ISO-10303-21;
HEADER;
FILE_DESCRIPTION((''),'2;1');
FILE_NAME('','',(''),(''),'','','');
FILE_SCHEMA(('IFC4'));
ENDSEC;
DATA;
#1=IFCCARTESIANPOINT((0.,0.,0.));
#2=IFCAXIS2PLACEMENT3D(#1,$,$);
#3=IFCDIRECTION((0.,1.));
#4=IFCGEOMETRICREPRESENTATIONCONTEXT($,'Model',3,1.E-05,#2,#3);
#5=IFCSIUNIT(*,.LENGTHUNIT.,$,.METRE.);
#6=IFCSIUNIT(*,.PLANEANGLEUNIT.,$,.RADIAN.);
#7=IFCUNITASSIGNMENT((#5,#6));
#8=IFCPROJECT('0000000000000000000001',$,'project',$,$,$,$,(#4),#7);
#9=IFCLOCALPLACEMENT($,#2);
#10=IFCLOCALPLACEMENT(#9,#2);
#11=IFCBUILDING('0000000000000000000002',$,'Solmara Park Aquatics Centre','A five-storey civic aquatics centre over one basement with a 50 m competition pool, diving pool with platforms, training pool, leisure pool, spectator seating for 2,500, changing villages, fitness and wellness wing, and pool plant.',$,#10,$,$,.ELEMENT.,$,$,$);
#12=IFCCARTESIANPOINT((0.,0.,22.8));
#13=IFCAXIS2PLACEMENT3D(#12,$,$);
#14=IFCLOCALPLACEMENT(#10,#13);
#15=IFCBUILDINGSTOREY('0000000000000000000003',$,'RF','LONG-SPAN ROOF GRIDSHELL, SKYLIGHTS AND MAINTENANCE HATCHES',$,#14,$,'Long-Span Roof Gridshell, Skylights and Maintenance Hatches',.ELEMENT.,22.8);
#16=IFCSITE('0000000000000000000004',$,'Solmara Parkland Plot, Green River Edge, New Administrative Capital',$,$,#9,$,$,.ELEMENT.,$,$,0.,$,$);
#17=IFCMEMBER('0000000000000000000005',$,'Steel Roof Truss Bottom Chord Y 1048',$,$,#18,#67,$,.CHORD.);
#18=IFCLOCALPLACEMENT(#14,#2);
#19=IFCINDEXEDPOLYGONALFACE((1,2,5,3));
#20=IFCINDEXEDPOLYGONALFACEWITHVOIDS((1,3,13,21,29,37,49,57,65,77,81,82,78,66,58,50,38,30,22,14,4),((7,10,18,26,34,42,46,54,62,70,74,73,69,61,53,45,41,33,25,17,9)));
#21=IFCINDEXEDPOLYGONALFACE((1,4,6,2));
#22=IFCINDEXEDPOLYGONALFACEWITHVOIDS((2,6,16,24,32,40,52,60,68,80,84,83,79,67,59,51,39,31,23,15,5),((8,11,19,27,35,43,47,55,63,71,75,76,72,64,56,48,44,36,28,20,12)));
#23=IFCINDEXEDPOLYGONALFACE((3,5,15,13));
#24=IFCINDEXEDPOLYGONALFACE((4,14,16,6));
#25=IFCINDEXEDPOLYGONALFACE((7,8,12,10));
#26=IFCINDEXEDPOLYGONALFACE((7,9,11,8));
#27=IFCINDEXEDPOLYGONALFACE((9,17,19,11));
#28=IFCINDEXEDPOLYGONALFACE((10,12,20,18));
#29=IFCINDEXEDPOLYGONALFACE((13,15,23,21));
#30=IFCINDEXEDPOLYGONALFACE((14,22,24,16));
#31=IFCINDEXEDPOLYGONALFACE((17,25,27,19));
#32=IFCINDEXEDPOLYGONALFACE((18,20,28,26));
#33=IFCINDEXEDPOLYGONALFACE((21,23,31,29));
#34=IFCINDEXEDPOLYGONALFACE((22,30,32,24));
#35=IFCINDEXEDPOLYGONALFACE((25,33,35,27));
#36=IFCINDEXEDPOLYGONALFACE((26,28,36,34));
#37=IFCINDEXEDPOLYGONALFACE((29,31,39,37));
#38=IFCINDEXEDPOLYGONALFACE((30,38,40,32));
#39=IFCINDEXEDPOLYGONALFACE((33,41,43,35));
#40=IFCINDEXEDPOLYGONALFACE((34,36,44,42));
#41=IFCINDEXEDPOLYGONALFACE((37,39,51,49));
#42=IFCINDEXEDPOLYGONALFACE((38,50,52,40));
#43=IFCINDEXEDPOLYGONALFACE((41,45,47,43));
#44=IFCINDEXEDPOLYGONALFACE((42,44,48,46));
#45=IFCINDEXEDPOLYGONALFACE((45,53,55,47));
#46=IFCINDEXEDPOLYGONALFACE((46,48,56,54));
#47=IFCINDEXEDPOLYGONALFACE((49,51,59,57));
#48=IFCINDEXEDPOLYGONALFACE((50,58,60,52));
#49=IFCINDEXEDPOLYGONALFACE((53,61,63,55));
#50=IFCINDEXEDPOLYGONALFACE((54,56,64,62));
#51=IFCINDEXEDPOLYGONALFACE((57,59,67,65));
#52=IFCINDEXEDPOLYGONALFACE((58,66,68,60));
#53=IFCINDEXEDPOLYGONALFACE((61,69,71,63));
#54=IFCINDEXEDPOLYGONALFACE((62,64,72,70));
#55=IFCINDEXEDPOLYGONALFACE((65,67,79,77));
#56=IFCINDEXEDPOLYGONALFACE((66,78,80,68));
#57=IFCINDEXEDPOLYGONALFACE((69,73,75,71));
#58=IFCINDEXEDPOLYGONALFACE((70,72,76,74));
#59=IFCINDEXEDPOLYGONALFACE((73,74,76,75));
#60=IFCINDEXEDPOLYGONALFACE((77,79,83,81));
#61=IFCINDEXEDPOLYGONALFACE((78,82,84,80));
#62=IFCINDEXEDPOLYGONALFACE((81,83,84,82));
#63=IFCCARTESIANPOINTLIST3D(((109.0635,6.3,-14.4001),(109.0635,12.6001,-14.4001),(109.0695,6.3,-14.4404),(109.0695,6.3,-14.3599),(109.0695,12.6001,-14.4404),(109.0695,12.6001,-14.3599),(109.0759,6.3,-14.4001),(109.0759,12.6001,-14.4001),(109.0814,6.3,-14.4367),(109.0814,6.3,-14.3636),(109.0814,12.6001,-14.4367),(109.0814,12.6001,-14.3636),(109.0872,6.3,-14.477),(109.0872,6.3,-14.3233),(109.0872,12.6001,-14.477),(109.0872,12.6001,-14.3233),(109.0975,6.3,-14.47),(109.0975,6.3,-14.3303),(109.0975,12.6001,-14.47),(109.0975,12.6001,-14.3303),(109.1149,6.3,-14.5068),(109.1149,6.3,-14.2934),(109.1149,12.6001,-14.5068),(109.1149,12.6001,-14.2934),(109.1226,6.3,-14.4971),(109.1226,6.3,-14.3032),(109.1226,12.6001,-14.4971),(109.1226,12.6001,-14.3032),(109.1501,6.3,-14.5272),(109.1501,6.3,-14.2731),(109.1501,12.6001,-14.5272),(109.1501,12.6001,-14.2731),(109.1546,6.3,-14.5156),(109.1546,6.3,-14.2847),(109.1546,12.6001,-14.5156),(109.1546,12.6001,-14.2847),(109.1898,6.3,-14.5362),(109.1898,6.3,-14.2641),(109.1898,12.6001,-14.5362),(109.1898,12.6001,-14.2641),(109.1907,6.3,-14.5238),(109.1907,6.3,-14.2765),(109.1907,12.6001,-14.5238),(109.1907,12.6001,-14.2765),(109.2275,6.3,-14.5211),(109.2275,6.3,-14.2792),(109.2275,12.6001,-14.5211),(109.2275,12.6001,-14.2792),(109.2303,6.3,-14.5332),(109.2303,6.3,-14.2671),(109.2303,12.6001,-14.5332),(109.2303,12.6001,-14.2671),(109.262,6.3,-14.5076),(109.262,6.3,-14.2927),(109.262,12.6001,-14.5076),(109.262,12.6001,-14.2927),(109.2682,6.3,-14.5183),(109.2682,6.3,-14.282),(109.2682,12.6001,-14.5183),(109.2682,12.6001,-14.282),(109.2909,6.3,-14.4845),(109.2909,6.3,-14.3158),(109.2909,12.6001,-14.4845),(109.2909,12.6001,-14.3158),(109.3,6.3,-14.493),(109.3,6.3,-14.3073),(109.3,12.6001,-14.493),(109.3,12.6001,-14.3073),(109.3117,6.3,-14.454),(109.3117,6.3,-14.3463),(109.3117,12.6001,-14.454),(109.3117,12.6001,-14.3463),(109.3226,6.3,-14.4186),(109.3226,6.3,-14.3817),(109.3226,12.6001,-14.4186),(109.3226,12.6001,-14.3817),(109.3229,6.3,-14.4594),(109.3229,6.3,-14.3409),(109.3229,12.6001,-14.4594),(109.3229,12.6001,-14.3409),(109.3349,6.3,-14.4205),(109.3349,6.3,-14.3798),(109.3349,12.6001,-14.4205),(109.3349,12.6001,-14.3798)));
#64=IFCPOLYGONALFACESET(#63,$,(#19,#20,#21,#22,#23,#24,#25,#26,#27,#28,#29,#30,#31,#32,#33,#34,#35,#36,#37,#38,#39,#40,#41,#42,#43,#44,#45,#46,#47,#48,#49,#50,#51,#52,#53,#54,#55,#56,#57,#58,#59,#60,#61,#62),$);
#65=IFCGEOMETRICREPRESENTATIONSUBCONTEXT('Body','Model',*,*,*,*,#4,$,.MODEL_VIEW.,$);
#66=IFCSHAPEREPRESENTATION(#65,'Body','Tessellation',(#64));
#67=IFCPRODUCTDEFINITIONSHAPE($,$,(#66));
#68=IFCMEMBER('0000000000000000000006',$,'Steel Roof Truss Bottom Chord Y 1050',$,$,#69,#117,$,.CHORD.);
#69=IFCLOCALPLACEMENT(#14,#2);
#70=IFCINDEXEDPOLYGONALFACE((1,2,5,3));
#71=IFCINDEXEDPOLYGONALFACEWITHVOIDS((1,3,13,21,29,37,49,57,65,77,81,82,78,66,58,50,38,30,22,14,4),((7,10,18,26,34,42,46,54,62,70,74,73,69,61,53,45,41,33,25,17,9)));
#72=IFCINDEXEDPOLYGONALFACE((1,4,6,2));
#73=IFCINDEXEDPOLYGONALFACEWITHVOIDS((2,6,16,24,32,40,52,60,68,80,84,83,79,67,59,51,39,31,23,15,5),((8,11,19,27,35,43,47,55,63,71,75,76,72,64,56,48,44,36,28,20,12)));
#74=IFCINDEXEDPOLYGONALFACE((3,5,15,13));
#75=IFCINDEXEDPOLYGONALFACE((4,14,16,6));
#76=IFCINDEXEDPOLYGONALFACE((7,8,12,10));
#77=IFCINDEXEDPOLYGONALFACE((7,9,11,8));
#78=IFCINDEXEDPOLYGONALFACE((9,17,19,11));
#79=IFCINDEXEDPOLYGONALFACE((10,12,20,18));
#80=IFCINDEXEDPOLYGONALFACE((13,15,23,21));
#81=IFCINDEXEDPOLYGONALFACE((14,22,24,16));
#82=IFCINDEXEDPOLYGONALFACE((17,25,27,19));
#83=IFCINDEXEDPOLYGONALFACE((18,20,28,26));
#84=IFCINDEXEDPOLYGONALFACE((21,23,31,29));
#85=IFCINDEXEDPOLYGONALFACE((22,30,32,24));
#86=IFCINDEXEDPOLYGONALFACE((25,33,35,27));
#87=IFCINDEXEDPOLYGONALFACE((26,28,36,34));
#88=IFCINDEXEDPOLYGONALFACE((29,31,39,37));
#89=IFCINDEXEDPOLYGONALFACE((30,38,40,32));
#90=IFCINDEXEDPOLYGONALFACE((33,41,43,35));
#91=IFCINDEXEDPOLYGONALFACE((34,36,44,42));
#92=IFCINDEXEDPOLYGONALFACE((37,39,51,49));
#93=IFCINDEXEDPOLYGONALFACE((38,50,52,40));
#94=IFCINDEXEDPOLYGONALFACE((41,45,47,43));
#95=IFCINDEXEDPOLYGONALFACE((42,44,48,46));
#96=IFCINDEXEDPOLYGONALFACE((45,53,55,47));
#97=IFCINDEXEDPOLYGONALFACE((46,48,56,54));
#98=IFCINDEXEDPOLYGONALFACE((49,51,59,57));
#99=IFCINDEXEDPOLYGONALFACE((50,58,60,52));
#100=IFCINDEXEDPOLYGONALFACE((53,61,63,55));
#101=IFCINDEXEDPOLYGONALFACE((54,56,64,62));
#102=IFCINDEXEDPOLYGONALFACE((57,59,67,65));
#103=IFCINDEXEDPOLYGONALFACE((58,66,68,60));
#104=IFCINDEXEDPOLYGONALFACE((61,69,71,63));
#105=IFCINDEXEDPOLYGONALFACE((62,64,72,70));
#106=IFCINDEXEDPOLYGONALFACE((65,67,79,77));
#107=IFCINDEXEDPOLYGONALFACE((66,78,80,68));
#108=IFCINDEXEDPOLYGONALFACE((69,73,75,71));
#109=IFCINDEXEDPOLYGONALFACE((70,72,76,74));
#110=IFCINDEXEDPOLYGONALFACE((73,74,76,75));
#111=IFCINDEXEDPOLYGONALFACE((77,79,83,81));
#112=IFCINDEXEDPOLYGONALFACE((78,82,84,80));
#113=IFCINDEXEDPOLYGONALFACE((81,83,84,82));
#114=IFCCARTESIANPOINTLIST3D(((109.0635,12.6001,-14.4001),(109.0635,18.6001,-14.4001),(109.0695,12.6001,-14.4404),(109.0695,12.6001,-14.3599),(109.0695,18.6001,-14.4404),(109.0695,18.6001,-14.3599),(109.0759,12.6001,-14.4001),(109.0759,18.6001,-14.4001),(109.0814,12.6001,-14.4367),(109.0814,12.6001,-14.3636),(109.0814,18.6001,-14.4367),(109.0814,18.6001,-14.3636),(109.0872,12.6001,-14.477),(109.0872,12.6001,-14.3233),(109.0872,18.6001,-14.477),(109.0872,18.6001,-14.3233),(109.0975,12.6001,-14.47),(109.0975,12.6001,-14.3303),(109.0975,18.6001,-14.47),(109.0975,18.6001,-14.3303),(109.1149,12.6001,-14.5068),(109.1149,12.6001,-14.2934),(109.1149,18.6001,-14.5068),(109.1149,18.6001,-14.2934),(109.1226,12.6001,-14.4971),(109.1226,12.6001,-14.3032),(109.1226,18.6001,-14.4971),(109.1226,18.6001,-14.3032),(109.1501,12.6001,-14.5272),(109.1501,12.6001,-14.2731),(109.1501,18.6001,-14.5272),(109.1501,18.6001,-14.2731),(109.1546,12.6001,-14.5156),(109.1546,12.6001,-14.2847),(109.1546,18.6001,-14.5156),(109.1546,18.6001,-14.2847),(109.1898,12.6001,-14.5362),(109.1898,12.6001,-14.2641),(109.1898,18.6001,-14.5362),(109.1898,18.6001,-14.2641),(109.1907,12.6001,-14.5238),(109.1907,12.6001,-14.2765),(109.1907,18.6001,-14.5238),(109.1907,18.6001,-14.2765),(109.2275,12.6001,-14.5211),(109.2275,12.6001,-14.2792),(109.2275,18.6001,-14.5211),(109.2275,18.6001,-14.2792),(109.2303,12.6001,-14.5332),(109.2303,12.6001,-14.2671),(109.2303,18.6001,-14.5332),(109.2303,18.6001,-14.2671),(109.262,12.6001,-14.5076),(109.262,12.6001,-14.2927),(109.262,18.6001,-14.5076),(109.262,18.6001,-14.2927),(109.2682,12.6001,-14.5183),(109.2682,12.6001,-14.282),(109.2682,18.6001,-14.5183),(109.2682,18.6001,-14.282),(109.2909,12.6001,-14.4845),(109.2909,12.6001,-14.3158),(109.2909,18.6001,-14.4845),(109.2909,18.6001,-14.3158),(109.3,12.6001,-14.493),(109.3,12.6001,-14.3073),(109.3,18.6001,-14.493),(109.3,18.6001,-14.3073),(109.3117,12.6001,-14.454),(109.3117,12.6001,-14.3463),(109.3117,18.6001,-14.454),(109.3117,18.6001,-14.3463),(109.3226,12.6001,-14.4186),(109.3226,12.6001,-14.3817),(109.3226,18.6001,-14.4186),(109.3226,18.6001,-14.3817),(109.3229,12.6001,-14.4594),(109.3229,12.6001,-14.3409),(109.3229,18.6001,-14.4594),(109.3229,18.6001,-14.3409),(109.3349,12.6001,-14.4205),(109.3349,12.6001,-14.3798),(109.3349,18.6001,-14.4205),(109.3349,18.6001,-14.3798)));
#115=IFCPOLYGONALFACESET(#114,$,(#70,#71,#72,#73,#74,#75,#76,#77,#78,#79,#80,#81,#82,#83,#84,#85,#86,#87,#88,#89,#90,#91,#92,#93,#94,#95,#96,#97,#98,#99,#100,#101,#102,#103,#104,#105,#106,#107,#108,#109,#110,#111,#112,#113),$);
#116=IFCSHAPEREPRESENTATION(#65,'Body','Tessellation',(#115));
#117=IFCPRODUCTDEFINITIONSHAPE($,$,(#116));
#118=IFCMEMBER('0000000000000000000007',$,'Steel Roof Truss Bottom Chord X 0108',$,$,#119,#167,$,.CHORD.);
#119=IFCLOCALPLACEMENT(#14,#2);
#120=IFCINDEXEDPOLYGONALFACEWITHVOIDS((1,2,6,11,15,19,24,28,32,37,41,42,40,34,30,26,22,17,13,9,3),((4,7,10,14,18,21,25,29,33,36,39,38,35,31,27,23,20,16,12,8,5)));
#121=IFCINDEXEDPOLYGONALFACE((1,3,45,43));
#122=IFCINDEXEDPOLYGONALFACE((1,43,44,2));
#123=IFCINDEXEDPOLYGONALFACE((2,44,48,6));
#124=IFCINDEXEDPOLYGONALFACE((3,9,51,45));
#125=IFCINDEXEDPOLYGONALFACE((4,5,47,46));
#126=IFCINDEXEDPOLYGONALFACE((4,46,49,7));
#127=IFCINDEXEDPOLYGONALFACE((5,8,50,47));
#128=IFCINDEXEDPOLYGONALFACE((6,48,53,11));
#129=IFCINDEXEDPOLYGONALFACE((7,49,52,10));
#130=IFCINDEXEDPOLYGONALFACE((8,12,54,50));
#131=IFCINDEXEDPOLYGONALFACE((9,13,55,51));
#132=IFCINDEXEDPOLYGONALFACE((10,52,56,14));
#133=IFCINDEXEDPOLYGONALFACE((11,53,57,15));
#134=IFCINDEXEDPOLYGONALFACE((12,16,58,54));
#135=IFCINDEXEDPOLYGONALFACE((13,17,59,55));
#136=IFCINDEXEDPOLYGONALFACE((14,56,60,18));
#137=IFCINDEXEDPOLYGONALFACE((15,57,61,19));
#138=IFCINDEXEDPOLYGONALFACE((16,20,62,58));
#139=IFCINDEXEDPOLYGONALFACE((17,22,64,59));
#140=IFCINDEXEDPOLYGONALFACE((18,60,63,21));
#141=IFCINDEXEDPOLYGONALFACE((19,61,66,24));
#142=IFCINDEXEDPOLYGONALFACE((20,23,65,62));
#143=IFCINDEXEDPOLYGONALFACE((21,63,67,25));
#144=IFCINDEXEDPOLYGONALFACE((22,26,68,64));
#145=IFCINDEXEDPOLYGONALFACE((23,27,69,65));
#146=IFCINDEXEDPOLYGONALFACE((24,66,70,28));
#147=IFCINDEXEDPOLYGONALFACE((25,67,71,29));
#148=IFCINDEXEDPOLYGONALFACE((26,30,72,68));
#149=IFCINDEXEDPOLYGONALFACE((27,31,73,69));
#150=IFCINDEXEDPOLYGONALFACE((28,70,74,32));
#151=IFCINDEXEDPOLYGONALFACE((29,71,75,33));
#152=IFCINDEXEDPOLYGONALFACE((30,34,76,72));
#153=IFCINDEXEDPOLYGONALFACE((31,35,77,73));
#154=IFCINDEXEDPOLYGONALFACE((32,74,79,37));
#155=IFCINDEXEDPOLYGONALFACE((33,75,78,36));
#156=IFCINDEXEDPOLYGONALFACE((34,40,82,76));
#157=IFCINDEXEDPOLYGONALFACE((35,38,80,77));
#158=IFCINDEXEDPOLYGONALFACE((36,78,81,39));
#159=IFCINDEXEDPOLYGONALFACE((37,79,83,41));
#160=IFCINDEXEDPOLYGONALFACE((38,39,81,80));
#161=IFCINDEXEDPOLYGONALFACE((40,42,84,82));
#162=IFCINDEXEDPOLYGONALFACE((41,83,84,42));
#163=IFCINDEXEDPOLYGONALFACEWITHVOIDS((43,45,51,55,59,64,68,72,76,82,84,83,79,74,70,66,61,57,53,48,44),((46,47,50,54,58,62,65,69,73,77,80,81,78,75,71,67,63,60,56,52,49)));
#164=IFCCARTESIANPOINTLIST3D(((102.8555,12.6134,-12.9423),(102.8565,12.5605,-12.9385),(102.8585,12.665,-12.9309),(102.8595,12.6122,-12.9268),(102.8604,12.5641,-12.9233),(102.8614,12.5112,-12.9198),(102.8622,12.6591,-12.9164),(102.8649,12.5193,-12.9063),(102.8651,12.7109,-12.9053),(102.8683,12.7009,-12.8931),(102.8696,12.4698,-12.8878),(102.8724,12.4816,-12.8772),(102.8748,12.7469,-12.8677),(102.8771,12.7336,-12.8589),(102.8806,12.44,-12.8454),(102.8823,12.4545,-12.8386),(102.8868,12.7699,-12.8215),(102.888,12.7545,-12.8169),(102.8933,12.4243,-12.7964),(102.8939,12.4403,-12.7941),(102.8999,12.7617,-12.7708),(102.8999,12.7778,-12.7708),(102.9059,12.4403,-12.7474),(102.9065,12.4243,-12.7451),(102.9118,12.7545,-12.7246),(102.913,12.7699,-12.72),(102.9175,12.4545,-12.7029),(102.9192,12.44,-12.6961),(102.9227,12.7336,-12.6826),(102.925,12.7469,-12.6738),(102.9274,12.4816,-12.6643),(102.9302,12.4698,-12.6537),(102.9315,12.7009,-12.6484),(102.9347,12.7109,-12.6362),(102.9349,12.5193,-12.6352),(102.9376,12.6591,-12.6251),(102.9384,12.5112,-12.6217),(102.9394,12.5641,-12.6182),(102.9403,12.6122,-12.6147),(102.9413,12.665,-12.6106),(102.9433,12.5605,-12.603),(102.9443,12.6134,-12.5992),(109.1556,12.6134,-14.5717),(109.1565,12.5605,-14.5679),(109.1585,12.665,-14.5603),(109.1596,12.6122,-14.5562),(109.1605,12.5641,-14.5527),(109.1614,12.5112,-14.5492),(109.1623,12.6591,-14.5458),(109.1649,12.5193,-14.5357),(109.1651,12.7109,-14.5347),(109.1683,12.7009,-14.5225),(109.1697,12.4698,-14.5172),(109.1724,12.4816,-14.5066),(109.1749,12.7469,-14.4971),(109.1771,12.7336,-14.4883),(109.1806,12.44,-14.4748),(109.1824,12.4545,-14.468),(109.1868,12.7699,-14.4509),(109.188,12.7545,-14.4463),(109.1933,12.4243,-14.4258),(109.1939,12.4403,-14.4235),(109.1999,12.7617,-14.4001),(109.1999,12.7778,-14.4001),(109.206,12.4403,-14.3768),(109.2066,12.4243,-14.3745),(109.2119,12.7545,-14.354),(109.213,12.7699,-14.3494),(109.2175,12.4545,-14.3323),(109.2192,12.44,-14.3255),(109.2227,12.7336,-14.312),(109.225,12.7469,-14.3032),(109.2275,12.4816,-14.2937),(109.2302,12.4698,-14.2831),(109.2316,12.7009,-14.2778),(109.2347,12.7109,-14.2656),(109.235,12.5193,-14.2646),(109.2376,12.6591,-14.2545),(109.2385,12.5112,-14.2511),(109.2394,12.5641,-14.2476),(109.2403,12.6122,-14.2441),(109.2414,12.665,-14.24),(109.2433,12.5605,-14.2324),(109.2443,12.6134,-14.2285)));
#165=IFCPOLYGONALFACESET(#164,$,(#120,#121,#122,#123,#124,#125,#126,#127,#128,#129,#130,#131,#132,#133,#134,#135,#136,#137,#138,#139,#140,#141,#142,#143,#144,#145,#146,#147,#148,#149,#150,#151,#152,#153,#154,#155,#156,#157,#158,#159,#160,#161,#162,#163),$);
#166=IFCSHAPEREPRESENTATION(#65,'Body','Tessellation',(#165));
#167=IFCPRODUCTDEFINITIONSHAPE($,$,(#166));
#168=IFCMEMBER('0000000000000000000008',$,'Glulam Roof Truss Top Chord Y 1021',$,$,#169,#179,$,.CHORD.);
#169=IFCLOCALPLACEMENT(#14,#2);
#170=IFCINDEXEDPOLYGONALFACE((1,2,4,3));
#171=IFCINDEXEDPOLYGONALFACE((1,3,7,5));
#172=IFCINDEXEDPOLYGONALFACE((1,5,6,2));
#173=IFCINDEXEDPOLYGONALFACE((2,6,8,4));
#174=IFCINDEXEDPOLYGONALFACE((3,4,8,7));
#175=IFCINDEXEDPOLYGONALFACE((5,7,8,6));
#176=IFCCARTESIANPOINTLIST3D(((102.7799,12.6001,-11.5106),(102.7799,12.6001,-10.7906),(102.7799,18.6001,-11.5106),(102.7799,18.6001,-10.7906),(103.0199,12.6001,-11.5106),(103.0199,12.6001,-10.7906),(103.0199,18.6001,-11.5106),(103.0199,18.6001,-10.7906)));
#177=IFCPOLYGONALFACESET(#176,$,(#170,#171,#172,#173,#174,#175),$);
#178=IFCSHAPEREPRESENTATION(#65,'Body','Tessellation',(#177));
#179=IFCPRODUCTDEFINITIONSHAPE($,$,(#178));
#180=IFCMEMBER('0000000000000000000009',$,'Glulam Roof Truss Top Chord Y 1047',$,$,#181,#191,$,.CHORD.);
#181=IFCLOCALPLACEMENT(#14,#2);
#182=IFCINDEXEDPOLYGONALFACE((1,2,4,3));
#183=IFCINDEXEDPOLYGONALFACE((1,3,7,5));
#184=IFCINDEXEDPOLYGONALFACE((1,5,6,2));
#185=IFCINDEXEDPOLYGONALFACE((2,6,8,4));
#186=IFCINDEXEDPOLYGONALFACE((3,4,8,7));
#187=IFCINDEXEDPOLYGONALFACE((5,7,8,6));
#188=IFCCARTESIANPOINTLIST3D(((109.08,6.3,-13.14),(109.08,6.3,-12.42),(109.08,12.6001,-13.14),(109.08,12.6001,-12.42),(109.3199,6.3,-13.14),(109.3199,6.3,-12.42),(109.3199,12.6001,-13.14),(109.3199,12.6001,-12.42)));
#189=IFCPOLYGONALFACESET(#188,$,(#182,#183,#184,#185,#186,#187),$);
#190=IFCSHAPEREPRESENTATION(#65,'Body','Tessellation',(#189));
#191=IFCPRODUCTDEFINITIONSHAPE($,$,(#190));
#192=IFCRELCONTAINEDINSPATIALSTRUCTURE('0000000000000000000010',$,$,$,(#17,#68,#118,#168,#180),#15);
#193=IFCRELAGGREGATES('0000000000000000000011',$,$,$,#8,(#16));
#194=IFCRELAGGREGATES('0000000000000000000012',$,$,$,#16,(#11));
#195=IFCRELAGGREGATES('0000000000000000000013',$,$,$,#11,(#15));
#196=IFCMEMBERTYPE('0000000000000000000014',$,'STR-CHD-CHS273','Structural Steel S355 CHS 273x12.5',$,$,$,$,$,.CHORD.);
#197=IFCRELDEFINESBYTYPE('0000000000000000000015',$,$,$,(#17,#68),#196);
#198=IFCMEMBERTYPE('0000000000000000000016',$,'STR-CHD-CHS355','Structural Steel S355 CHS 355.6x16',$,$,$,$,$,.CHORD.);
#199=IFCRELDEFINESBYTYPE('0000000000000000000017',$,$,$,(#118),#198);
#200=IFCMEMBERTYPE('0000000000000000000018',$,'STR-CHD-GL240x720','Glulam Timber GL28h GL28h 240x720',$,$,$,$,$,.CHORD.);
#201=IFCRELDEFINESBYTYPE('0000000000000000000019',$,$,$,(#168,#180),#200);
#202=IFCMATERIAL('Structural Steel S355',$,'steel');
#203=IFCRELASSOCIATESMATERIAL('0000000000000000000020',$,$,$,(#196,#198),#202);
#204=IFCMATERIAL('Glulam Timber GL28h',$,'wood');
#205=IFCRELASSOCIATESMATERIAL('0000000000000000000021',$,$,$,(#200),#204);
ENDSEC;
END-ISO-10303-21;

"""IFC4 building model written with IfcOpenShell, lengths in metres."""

from ifc_helpers import new_model, si_unit, direction, frame, origin, origin_2d, place, context, subcontext, project, spatial, rectangle, hollow_circle, extrude, material, material_profile, profile_set, type_object, element, save


model = new_model("IFC4")

# Units and contexts
model_context = context("Model", 3, precision=1e-05, world=origin(), true_north=direction((0.0, 1.0)))
body_context = subcontext(model_context, "Body", "Model", "MODEL_VIEW")
ifc_project = project(units=[si_unit("LENGTHUNIT", "METRE"), si_unit("PLANEANGLEUNIT", "RADIAN")], contexts=[model_context])

# Site, building, storey
site_placement = place(None, origin())
site = spatial("IfcSite", under=ifc_project, at=site_placement, Name="Solmara Parkland Plot, Green River Edge, New Administrative Capital", CompositionType="ELEMENT", RefElevation=0.0)
building_placement = place(site_placement, origin())
building = spatial("IfcBuilding", under=site, at=building_placement, Name="Solmara Park Aquatics Centre", Description="A five-storey civic aquatics centre over one basement with a 50 m competition pool, diving pool with platforms, training pool, leisure pool, spectator seating for 2,500, changing villages, fitness and wellness wing, and pool plant.", CompositionType="ELEMENT")
storey_placement = place(building_placement, frame((0.0, 0.0, 22.8)))
storey = spatial("IfcBuildingStorey", under=building, at=storey_placement, Name="RF", Description="LONG-SPAN ROOF GRIDSHELL, SKYLIGHTS AND MAINTENANCE HATCHES", LongName="Long-Span Roof Gridshell, Skylights and Maintenance Hatches", CompositionType="ELEMENT", Elevation=22.8)

# Shared definitions
ifc_material_1 = material(Name="Structural Steel S355", Category="steel")

# Members
ifc_material_profile_1 = material_profile(ifc_material_1, hollow_circle(Radius=0.1365, WallThickness=0.0125, at=origin_2d()), Name="CHS 273x12.5")
ifc_profile_set_1 = profile_set([ifc_material_profile_1], Name="Structural Steel S355")
member_type_1 = type_object("IfcMemberType", Name="STR-CHD-CHS273", Description="Structural Steel S355 CHS 273x12.5", PredefinedType="CHORD", material=ifc_profile_set_1)
member_1_placement = place(storey_placement, frame((109.2, 6.3, -14.4001), z_axis=(0.0, 1.0, 0.0), x_axis=(-1.0, 0.0, 0.0)))
element("IfcMember", 1, at=member_1_placement, inside=storey, type_object=member_type_1, Name="Steel Roof Truss Bottom Chord Y 1048", PredefinedType="CHORD", context=body_context, shape_type="SweptSolid", body=[
    extrude(hollow_circle(Radius=0.1365, WallThickness=0.0125, at=origin_2d()), origin(), (0.0, 0.0, 1.0), 6.3),
])
member_2_placement = place(storey_placement, frame((109.2, 12.6001, -14.4001), z_axis=(0.0, 1.0, 0.0), x_axis=(-1.0, 0.0, 0.0)))
element("IfcMember", 2, at=member_2_placement, inside=storey, type_object=member_type_1, Name="Steel Roof Truss Bottom Chord Y 1050", PredefinedType="CHORD", context=body_context, shape_type="SweptSolid", body=[
    extrude(hollow_circle(Radius=0.1365, WallThickness=0.0125, at=origin_2d()), origin(), (0.0, 0.0, 1.0), 6.0),
])
ifc_material_profile_2 = material_profile(ifc_material_1, hollow_circle(Radius=0.1777, WallThickness=0.0161, at=origin_2d()), Name="CHS 355.6x16")
ifc_profile_set_2 = profile_set([ifc_material_profile_2], Name="Structural Steel S355")
member_type_2 = type_object("IfcMemberType", Name="STR-CHD-CHS355", Description="Structural Steel S355 CHS 355.6x16", PredefinedType="CHORD", material=ifc_profile_set_2)
member_3_placement = place(storey_placement, frame((102.8999, 12.6001, -12.7708), z_axis=(0.968144, 0.0, -0.250393), x_axis=(0.0, 1.0, 0.0)))
element("IfcMember", 3, at=member_3_placement, inside=storey, type_object=member_type_2, Name="Steel Roof Truss Bottom Chord X 0108", PredefinedType="CHORD", context=body_context, shape_type="SweptSolid", body=[
    extrude(hollow_circle(Radius=0.1777, WallThickness=0.0161, at=origin_2d()), origin(), (0.0, 0.0, 1.0), 6.5073),
])
ifc_material_2 = material(Name="Glulam Timber GL28h", Category="wood")
ifc_material_profile_3 = material_profile(ifc_material_2, rectangle(XDim=0.24, YDim=0.72, at=origin_2d()), Name="GL28h 240x720")
ifc_profile_set_3 = profile_set([ifc_material_profile_3], Name="Glulam Timber GL28h")
member_type_3 = type_object("IfcMemberType", Name="STR-CHD-GL240x720", Description="Glulam Timber GL28h GL28h 240x720", PredefinedType="CHORD", material=ifc_profile_set_3)
member_4_placement = place(storey_placement, frame((102.8999, 12.6001, -11.1506), z_axis=(0.0, 1.0, 0.0), x_axis=(-1.0, 0.0, 0.0)))
element("IfcMember", 4, at=member_4_placement, inside=storey, type_object=member_type_3, Name="Glulam Roof Truss Top Chord Y 1021", PredefinedType="CHORD", context=body_context, shape_type="SweptSolid", body=[
    extrude(rectangle(XDim=0.24, YDim=0.72, at=origin_2d()), origin(), (0.0, 0.0, 1.0), 6.0),
])
member_5_placement = place(storey_placement, frame((109.2, 6.3, -12.78), z_axis=(0.0, 1.0, 0.0), x_axis=(-1.0, 0.0, 0.0)))
element("IfcMember", 5, at=member_5_placement, inside=storey, type_object=member_type_3, Name="Glulam Roof Truss Top Chord Y 1047", PredefinedType="CHORD", context=body_context, shape_type="SweptSolid", body=[
    extrude(rectangle(XDim=0.24, YDim=0.72, at=origin_2d()), origin(), (0.0, 0.0, 1.0), 6.3),
])

save(model, "model.ifc")
